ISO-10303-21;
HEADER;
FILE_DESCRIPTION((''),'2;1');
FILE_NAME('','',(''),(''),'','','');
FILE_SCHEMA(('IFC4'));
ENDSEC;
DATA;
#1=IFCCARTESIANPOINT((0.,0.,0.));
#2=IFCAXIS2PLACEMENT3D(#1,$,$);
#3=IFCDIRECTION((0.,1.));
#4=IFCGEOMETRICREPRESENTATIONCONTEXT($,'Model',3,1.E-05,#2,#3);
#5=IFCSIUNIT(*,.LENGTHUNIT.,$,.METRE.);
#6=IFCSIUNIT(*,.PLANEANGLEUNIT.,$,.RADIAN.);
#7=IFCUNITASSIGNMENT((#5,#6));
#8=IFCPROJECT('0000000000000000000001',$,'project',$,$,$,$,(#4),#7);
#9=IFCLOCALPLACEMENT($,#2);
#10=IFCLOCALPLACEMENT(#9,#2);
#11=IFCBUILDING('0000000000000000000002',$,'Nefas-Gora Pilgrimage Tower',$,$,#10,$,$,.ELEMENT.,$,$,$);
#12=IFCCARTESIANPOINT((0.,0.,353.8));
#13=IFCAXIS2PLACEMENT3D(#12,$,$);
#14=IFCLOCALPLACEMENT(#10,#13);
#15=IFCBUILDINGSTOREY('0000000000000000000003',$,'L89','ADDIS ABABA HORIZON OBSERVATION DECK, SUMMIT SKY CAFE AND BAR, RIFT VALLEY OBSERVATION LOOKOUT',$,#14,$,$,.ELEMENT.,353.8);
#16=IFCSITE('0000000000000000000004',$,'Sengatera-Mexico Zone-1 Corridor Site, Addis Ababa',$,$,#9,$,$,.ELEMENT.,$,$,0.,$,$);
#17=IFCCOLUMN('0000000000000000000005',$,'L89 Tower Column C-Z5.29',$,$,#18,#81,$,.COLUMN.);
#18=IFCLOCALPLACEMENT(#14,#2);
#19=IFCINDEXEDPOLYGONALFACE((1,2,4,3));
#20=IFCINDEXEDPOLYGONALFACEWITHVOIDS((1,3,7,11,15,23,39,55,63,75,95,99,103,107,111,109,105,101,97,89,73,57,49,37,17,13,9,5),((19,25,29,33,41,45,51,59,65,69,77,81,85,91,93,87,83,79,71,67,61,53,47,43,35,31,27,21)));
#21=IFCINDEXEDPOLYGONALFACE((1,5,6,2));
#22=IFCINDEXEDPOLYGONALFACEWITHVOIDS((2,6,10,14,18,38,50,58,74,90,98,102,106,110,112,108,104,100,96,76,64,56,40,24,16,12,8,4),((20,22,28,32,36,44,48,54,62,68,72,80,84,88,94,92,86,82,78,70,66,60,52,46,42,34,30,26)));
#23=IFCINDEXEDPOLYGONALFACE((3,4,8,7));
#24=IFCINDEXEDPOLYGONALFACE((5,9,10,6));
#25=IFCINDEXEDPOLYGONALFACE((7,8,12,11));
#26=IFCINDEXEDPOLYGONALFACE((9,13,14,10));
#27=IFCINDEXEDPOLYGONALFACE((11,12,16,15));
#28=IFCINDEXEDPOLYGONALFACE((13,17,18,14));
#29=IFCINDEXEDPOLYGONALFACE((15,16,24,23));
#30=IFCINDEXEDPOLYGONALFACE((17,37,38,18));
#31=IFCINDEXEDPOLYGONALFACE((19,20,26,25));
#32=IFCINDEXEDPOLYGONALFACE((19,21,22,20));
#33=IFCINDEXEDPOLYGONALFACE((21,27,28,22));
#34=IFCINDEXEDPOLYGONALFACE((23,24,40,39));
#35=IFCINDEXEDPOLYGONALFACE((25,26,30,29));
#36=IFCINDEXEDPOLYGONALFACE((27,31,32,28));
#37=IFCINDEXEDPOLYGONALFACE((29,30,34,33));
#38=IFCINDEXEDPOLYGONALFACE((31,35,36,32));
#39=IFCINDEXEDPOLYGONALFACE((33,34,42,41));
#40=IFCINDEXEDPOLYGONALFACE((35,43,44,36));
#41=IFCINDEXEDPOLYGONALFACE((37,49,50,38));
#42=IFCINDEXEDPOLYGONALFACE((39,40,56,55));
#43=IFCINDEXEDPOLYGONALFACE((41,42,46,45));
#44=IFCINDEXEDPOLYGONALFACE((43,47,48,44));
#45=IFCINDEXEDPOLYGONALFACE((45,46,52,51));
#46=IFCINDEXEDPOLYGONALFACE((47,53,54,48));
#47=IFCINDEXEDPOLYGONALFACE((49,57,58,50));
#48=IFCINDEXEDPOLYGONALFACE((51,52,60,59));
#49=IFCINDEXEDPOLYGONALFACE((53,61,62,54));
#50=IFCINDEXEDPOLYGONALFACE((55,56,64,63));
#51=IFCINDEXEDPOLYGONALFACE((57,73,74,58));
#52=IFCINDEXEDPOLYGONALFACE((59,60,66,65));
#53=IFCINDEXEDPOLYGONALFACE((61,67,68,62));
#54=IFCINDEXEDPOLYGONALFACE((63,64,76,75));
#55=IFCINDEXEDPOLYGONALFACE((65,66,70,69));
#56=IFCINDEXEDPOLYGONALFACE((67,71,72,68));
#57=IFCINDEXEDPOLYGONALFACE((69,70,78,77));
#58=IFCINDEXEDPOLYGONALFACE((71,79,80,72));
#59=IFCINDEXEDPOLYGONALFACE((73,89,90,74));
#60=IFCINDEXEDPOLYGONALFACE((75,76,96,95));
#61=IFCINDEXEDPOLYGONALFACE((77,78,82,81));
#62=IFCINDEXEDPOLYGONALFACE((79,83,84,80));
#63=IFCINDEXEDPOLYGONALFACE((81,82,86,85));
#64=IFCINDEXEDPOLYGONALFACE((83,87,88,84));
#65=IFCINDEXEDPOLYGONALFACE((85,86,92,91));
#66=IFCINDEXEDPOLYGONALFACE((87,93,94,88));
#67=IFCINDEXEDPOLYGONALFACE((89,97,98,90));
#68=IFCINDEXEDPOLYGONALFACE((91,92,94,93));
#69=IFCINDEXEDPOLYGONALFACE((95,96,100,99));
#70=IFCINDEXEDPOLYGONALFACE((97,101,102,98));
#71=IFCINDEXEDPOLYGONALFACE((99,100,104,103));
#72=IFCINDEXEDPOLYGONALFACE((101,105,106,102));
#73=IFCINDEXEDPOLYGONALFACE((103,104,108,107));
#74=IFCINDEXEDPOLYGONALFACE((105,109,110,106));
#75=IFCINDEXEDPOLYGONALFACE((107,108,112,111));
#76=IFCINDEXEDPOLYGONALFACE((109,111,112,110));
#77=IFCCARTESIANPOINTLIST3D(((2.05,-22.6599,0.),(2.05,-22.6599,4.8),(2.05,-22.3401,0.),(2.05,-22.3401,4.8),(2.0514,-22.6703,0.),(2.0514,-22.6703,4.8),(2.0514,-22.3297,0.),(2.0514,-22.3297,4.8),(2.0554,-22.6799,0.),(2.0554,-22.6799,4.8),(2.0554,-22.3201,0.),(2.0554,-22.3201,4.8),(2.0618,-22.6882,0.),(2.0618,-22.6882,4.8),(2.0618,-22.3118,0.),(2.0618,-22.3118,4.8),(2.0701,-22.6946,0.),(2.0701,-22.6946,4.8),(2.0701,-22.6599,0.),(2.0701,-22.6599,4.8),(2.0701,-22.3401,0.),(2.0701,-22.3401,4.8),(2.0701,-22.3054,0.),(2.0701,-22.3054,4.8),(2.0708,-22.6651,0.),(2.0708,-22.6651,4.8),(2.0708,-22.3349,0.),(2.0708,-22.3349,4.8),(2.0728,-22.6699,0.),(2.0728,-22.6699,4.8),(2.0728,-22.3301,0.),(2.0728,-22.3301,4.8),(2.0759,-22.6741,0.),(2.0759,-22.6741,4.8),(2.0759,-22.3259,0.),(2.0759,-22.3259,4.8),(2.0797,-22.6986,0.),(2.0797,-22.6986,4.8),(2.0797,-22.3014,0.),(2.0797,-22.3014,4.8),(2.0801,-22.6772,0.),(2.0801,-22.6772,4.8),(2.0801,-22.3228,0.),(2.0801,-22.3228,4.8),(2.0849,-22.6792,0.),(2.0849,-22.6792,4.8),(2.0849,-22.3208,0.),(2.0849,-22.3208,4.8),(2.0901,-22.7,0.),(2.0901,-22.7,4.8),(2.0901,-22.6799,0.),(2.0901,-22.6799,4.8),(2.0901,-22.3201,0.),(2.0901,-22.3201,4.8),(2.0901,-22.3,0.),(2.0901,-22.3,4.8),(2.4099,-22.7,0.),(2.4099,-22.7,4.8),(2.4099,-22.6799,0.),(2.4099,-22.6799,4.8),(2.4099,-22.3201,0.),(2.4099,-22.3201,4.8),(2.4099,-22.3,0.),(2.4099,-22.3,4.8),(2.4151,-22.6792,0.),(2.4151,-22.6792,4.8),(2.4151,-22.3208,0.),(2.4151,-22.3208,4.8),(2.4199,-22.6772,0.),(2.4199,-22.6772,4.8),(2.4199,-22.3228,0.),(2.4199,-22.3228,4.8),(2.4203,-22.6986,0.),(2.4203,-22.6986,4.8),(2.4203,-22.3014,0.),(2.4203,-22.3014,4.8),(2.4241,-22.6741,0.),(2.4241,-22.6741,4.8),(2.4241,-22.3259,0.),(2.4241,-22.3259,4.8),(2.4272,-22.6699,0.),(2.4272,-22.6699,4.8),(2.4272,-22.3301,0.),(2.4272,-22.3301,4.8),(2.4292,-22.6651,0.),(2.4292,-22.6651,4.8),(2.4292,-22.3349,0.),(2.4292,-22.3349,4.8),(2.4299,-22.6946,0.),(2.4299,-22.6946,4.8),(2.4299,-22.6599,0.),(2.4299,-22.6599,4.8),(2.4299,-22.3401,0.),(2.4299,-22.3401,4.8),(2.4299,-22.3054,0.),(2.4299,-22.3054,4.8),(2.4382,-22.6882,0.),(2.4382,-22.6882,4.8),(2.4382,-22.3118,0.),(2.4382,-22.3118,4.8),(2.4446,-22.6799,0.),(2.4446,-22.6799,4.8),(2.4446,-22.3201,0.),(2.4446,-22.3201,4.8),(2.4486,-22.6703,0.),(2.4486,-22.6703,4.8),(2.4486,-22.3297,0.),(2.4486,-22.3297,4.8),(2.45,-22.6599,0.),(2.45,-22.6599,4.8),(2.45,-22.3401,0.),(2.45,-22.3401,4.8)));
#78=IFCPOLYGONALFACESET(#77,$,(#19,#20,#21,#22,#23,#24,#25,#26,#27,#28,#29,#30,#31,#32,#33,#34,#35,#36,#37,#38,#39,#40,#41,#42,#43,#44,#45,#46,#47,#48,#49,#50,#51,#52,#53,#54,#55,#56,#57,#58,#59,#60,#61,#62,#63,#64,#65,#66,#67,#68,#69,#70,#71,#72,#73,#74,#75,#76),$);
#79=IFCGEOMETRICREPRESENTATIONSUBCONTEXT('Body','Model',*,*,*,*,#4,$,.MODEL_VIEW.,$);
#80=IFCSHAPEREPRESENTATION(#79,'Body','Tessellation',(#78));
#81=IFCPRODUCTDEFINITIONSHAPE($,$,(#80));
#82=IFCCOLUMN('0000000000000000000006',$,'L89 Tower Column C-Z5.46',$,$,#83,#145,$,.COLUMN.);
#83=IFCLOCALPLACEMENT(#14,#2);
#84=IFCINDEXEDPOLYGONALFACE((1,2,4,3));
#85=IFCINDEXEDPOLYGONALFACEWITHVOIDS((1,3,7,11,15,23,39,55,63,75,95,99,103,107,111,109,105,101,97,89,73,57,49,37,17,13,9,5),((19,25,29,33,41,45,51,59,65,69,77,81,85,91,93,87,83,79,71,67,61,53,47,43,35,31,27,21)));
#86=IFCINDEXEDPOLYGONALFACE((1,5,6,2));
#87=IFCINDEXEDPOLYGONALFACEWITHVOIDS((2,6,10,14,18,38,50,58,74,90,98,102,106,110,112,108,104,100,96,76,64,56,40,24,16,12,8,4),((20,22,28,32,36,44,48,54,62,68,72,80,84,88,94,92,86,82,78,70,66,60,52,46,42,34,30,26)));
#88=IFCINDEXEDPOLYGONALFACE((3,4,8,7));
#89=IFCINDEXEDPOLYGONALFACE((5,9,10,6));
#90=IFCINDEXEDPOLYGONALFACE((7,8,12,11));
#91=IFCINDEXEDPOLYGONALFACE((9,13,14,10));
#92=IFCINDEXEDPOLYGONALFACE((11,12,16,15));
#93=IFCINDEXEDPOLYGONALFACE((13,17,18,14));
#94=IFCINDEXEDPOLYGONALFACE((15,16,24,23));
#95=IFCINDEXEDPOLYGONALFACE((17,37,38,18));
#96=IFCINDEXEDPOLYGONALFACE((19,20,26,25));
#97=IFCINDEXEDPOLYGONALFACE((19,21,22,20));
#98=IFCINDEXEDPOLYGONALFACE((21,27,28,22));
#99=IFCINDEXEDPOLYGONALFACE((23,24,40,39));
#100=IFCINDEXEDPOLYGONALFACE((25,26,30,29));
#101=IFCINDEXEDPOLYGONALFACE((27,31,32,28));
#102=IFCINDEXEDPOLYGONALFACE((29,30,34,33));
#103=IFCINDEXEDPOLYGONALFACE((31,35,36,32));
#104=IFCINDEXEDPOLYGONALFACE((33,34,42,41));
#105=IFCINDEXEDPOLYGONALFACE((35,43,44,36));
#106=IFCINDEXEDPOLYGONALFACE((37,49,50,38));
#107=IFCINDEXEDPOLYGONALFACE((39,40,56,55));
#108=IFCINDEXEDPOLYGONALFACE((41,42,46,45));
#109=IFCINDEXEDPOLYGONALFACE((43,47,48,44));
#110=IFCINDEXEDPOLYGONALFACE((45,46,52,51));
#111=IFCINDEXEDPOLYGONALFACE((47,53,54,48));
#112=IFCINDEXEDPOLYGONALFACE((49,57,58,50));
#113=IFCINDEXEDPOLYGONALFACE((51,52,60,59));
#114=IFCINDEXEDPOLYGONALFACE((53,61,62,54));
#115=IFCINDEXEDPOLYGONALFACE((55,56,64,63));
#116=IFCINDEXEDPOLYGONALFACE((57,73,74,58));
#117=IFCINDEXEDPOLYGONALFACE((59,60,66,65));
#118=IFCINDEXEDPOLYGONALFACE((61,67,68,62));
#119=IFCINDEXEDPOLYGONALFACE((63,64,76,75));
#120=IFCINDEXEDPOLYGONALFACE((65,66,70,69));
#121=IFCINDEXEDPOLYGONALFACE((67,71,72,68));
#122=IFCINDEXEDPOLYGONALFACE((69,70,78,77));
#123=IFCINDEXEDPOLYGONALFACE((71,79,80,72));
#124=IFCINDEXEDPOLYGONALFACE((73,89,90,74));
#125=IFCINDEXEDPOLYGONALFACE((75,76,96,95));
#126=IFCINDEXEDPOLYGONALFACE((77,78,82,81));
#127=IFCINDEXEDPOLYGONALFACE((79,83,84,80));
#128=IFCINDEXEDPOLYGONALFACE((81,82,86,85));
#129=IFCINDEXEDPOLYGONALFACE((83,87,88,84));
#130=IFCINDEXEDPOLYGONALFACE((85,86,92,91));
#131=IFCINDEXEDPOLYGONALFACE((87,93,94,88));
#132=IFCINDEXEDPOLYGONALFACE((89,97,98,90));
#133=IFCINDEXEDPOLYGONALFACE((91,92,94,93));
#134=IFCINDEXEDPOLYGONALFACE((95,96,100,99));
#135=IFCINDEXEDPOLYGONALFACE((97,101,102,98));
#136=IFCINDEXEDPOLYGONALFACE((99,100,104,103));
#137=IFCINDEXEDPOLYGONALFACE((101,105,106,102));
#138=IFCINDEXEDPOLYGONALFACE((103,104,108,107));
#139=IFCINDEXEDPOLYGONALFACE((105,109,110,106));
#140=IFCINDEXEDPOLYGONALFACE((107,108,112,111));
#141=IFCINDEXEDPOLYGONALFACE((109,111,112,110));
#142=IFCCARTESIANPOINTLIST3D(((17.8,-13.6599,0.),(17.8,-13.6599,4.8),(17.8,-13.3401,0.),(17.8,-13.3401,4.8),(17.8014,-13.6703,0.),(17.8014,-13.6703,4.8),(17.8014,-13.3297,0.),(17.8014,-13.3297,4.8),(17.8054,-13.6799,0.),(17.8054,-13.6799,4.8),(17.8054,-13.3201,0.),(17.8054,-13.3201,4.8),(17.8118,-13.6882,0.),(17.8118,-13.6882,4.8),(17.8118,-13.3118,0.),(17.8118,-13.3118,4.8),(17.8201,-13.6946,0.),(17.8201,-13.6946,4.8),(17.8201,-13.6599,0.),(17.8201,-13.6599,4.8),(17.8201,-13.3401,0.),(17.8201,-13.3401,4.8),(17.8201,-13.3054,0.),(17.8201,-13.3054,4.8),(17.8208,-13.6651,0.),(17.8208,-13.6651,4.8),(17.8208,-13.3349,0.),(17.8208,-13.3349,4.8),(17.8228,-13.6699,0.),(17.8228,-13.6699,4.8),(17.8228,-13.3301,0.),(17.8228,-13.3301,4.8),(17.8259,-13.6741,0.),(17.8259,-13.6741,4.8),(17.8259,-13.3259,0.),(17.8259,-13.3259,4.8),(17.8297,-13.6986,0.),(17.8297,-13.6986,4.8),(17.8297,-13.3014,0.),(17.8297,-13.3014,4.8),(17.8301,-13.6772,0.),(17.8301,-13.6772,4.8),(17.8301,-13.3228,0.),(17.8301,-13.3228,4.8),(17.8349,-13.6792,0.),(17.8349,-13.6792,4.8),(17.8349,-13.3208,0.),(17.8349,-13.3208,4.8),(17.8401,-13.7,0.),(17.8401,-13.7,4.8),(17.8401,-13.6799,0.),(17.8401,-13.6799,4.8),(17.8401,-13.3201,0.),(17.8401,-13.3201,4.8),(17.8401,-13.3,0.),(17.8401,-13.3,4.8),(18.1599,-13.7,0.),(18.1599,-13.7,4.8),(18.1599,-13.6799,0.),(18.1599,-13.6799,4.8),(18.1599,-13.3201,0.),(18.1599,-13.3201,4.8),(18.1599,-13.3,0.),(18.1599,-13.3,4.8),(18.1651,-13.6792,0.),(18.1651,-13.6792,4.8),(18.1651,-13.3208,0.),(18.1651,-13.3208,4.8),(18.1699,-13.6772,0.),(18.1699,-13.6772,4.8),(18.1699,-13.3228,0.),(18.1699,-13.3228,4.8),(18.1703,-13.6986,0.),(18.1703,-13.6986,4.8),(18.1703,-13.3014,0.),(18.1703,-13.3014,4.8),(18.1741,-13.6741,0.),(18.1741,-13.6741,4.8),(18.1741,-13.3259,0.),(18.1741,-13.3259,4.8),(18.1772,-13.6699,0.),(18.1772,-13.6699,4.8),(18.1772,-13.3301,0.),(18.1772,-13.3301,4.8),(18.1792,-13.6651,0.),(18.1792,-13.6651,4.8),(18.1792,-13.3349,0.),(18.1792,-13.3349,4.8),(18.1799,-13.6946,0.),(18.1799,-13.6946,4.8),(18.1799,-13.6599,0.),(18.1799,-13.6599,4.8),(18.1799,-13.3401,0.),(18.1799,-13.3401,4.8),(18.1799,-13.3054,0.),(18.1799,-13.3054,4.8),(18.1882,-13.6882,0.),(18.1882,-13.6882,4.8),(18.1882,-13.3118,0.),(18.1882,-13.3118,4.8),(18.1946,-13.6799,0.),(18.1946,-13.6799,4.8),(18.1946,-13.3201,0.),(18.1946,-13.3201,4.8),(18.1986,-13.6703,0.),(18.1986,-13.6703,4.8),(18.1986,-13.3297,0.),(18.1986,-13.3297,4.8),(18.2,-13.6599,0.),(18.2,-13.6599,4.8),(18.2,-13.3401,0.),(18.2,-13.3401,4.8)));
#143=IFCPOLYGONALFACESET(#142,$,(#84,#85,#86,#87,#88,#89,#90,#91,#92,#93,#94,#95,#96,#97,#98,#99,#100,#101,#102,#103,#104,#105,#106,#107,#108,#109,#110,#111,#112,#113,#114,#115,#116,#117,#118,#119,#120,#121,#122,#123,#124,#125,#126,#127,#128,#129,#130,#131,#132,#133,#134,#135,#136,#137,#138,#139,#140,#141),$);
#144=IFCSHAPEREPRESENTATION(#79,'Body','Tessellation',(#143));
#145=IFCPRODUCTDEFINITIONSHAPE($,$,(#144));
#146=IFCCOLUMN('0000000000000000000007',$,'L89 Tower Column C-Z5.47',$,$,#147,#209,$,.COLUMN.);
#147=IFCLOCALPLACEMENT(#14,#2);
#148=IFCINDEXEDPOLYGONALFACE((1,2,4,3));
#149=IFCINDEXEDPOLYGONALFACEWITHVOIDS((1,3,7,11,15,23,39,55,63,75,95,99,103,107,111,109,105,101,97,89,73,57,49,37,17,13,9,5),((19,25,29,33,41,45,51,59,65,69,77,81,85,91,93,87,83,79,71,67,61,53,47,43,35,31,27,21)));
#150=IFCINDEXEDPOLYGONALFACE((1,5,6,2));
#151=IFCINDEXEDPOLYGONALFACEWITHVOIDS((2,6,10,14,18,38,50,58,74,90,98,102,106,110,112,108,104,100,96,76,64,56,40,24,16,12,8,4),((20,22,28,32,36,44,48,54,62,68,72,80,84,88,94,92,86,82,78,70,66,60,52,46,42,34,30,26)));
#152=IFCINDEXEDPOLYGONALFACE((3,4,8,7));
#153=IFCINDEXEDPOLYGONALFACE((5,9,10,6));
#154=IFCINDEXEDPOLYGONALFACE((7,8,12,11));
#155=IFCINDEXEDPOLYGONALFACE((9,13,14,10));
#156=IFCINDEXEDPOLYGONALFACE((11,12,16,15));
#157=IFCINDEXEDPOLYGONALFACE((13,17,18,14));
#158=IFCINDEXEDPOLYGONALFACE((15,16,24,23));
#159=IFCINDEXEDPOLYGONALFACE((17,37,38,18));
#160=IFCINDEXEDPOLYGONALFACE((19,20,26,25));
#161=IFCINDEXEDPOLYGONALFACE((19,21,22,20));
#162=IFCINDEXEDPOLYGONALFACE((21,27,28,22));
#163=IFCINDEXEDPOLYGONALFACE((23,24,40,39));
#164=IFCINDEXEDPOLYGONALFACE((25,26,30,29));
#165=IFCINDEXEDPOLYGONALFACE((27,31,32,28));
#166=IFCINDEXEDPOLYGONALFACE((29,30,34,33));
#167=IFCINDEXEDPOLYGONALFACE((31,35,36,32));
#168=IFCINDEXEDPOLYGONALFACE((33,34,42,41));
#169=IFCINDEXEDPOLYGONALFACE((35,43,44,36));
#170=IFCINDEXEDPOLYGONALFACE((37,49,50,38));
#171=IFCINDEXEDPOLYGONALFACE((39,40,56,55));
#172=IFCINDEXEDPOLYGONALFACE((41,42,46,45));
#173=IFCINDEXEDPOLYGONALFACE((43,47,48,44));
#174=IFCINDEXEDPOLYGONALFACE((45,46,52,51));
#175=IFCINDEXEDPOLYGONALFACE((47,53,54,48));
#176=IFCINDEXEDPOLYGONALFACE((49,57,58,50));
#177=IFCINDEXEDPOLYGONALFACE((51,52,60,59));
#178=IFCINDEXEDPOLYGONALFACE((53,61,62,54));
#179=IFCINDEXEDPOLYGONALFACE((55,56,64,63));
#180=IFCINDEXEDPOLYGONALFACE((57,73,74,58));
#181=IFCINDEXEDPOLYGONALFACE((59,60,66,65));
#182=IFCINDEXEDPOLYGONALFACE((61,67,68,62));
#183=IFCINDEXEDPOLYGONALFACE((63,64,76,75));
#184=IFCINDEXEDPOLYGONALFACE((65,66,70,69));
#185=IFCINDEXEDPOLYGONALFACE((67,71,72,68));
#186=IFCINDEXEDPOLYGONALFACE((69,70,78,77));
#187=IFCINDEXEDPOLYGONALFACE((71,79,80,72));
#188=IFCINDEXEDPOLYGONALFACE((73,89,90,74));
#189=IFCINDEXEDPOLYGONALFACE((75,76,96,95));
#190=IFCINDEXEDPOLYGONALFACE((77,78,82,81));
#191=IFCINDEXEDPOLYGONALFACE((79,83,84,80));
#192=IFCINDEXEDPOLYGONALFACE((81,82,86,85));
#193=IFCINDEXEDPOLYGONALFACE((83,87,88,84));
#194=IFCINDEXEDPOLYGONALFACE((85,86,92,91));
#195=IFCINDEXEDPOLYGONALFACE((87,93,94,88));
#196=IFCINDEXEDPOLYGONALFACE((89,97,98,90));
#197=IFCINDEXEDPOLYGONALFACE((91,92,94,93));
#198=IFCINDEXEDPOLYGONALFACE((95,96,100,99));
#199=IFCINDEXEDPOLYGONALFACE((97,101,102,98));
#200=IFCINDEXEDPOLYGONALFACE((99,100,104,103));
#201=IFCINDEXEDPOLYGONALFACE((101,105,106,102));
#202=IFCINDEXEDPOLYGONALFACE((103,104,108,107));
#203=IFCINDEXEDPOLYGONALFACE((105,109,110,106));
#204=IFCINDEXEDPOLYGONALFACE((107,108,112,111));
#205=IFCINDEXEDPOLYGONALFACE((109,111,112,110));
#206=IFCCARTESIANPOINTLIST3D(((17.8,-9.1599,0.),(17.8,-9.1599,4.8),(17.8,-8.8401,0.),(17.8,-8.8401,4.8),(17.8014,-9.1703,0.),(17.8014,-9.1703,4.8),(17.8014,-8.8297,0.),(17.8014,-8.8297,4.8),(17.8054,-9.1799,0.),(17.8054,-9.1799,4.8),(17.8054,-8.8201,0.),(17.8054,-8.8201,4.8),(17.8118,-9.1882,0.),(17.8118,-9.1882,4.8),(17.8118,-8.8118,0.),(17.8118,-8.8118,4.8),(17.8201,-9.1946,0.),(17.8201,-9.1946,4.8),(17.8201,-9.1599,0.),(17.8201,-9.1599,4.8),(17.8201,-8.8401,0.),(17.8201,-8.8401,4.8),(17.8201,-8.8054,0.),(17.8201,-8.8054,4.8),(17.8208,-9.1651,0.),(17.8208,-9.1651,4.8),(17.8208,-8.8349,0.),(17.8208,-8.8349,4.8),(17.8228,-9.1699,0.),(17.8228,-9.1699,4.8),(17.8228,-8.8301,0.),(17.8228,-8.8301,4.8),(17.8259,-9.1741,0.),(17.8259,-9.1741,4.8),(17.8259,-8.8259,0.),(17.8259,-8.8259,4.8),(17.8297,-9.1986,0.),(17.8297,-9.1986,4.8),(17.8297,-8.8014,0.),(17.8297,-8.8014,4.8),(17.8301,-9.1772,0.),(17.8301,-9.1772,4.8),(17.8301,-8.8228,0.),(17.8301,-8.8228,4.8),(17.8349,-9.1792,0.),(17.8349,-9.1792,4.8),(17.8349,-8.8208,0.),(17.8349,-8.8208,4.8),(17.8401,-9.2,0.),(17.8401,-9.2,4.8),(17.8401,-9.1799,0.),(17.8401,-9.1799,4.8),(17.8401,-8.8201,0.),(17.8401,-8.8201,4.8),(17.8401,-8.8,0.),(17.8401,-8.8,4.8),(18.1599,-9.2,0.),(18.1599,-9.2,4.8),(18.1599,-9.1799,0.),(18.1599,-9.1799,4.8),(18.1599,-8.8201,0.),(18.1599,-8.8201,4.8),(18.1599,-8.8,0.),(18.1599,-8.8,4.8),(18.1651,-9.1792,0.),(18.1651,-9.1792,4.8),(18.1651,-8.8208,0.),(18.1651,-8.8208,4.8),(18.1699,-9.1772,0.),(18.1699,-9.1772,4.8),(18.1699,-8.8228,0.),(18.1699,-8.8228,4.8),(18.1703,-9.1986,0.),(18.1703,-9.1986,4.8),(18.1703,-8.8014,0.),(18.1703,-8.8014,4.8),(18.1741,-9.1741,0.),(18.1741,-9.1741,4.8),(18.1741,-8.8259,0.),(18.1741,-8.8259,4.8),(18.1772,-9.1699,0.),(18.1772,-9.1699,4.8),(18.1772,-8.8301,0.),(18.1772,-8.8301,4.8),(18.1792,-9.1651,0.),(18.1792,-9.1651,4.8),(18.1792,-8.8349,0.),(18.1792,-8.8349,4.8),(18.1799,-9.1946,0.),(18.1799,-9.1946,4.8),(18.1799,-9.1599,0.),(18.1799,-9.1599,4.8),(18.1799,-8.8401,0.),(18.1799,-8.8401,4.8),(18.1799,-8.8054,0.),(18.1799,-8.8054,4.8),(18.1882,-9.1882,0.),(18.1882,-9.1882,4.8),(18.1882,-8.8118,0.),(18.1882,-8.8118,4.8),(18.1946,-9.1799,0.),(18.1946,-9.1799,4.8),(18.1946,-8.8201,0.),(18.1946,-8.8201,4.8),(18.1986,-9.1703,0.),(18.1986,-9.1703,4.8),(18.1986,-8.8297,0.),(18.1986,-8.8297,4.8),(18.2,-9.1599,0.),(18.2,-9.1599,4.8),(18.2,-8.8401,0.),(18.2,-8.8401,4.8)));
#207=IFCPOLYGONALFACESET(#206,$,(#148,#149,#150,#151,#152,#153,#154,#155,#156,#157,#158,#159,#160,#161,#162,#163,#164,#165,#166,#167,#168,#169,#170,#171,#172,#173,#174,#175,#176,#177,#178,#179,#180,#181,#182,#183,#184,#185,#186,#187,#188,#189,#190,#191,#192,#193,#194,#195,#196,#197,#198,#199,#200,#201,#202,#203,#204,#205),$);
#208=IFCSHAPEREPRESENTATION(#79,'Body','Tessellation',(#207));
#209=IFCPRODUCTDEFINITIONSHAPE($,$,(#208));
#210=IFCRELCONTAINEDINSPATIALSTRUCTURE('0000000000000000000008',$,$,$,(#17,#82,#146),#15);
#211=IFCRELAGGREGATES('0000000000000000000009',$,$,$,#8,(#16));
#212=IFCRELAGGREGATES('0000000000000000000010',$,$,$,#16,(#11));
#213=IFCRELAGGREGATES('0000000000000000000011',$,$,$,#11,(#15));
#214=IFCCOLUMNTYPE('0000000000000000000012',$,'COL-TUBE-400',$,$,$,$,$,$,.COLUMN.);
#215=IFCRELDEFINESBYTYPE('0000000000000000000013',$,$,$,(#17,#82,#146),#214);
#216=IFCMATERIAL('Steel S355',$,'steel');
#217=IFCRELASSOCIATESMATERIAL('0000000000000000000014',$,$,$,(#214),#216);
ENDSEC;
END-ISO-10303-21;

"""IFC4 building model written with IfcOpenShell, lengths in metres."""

from ifc_helpers import new_model, si_unit, direction, frame, origin, origin_2d, place, context, subcontext, project, spatial, hollow_rectangle, extrude, source, transform, mapped, material, material_profile, profile_set, type_object, element, save


model = new_model("IFC4")

# Units and contexts
model_context = context("Model", 3, precision=1e-05, world=origin(), true_north=direction((0.0, 1.0)))
body_context = subcontext(model_context, "Body", "Model", "MODEL_VIEW")
ifc_project = project(units=[si_unit("LENGTHUNIT", "METRE"), si_unit("PLANEANGLEUNIT", "RADIAN")], contexts=[model_context])

# Site, building, storey
site_placement = place(None, origin())
site = spatial("IfcSite", under=ifc_project, at=site_placement, Name="Sengatera-Mexico Zone-1 Corridor Site, Addis Ababa", CompositionType="ELEMENT", RefElevation=0.0)
building_placement = place(site_placement, origin())
building = spatial("IfcBuilding", under=site, at=building_placement, Name="Nefas-Gora Pilgrimage Tower", CompositionType="ELEMENT")
storey_placement = place(building_placement, frame((0.0, 0.0, 353.8)))
storey = spatial("IfcBuildingStorey", under=building, at=storey_placement, Name="L89", Description="ADDIS ABABA HORIZON OBSERVATION DECK, SUMMIT SKY CAFE AND BAR, RIFT VALLEY OBSERVATION LOOKOUT", CompositionType="ELEMENT", Elevation=353.8)

# Columns
ifc_material_1 = material(Name="Steel S355", Category="steel")
ifc_material_profile_1 = material_profile(ifc_material_1, hollow_rectangle(XDim=0.3999, YDim=0.3999, WallThickness=0.02, InnerFilletRadius=0.02, OuterFilletRadius=0.04, at=origin_2d()), Name="SHS 400x400x20")
ifc_profile_set_1 = profile_set([ifc_material_profile_1], Name="Steel S355")
column_type_1 = type_object("IfcColumnType", Name="COL-TUBE-400", PredefinedType="COLUMN", material=ifc_profile_set_1)
shared_shape_1 = source(origin(), body_context, "Body", "SweptSolid", [
    extrude(hollow_rectangle(XDim=0.3999, YDim=0.3999, WallThickness=0.02, InnerFilletRadius=0.02, OuterFilletRadius=0.04, at=origin_2d()), origin(), (0.0, 0.0, 1.0), 4.8),
])
for number, where, z_axis, x_axis, name in (
    (1, (2.25, -22.5, 0.0), (0.0, 0.0, 1.0), (1.0, 0.0, 0.0), "L89 Tower Column C-Z5.29"),
    (2, (18.0, -13.5, 0.0), (0.0, 0.0, 1.0), (1.0, 0.0, 0.0), "L89 Tower Column C-Z5.46"),
    (3, (18.0, -9.0, 0.0), (0.0, 0.0, 1.0), (1.0, 0.0, 0.0), "L89 Tower Column C-Z5.47"),
):
    element("IfcColumn", number, at=place(storey_placement, frame(where, z_axis=z_axis, x_axis=x_axis)), inside=storey, type_object=column_type_1, Name=name, PredefinedType="COLUMN", context=body_context, shape_type="MappedRepresentation", body=[
        mapped(shared_shape_1, transform((0.0, 0.0, 0.0), x_axis=(1.0, 0.0, 0.0), y_axis=(0.0, 1.0, 0.0), z_axis=(0.0, 0.0, 1.0), scale=1.0)),
    ])

save(model, "model.ifc")
